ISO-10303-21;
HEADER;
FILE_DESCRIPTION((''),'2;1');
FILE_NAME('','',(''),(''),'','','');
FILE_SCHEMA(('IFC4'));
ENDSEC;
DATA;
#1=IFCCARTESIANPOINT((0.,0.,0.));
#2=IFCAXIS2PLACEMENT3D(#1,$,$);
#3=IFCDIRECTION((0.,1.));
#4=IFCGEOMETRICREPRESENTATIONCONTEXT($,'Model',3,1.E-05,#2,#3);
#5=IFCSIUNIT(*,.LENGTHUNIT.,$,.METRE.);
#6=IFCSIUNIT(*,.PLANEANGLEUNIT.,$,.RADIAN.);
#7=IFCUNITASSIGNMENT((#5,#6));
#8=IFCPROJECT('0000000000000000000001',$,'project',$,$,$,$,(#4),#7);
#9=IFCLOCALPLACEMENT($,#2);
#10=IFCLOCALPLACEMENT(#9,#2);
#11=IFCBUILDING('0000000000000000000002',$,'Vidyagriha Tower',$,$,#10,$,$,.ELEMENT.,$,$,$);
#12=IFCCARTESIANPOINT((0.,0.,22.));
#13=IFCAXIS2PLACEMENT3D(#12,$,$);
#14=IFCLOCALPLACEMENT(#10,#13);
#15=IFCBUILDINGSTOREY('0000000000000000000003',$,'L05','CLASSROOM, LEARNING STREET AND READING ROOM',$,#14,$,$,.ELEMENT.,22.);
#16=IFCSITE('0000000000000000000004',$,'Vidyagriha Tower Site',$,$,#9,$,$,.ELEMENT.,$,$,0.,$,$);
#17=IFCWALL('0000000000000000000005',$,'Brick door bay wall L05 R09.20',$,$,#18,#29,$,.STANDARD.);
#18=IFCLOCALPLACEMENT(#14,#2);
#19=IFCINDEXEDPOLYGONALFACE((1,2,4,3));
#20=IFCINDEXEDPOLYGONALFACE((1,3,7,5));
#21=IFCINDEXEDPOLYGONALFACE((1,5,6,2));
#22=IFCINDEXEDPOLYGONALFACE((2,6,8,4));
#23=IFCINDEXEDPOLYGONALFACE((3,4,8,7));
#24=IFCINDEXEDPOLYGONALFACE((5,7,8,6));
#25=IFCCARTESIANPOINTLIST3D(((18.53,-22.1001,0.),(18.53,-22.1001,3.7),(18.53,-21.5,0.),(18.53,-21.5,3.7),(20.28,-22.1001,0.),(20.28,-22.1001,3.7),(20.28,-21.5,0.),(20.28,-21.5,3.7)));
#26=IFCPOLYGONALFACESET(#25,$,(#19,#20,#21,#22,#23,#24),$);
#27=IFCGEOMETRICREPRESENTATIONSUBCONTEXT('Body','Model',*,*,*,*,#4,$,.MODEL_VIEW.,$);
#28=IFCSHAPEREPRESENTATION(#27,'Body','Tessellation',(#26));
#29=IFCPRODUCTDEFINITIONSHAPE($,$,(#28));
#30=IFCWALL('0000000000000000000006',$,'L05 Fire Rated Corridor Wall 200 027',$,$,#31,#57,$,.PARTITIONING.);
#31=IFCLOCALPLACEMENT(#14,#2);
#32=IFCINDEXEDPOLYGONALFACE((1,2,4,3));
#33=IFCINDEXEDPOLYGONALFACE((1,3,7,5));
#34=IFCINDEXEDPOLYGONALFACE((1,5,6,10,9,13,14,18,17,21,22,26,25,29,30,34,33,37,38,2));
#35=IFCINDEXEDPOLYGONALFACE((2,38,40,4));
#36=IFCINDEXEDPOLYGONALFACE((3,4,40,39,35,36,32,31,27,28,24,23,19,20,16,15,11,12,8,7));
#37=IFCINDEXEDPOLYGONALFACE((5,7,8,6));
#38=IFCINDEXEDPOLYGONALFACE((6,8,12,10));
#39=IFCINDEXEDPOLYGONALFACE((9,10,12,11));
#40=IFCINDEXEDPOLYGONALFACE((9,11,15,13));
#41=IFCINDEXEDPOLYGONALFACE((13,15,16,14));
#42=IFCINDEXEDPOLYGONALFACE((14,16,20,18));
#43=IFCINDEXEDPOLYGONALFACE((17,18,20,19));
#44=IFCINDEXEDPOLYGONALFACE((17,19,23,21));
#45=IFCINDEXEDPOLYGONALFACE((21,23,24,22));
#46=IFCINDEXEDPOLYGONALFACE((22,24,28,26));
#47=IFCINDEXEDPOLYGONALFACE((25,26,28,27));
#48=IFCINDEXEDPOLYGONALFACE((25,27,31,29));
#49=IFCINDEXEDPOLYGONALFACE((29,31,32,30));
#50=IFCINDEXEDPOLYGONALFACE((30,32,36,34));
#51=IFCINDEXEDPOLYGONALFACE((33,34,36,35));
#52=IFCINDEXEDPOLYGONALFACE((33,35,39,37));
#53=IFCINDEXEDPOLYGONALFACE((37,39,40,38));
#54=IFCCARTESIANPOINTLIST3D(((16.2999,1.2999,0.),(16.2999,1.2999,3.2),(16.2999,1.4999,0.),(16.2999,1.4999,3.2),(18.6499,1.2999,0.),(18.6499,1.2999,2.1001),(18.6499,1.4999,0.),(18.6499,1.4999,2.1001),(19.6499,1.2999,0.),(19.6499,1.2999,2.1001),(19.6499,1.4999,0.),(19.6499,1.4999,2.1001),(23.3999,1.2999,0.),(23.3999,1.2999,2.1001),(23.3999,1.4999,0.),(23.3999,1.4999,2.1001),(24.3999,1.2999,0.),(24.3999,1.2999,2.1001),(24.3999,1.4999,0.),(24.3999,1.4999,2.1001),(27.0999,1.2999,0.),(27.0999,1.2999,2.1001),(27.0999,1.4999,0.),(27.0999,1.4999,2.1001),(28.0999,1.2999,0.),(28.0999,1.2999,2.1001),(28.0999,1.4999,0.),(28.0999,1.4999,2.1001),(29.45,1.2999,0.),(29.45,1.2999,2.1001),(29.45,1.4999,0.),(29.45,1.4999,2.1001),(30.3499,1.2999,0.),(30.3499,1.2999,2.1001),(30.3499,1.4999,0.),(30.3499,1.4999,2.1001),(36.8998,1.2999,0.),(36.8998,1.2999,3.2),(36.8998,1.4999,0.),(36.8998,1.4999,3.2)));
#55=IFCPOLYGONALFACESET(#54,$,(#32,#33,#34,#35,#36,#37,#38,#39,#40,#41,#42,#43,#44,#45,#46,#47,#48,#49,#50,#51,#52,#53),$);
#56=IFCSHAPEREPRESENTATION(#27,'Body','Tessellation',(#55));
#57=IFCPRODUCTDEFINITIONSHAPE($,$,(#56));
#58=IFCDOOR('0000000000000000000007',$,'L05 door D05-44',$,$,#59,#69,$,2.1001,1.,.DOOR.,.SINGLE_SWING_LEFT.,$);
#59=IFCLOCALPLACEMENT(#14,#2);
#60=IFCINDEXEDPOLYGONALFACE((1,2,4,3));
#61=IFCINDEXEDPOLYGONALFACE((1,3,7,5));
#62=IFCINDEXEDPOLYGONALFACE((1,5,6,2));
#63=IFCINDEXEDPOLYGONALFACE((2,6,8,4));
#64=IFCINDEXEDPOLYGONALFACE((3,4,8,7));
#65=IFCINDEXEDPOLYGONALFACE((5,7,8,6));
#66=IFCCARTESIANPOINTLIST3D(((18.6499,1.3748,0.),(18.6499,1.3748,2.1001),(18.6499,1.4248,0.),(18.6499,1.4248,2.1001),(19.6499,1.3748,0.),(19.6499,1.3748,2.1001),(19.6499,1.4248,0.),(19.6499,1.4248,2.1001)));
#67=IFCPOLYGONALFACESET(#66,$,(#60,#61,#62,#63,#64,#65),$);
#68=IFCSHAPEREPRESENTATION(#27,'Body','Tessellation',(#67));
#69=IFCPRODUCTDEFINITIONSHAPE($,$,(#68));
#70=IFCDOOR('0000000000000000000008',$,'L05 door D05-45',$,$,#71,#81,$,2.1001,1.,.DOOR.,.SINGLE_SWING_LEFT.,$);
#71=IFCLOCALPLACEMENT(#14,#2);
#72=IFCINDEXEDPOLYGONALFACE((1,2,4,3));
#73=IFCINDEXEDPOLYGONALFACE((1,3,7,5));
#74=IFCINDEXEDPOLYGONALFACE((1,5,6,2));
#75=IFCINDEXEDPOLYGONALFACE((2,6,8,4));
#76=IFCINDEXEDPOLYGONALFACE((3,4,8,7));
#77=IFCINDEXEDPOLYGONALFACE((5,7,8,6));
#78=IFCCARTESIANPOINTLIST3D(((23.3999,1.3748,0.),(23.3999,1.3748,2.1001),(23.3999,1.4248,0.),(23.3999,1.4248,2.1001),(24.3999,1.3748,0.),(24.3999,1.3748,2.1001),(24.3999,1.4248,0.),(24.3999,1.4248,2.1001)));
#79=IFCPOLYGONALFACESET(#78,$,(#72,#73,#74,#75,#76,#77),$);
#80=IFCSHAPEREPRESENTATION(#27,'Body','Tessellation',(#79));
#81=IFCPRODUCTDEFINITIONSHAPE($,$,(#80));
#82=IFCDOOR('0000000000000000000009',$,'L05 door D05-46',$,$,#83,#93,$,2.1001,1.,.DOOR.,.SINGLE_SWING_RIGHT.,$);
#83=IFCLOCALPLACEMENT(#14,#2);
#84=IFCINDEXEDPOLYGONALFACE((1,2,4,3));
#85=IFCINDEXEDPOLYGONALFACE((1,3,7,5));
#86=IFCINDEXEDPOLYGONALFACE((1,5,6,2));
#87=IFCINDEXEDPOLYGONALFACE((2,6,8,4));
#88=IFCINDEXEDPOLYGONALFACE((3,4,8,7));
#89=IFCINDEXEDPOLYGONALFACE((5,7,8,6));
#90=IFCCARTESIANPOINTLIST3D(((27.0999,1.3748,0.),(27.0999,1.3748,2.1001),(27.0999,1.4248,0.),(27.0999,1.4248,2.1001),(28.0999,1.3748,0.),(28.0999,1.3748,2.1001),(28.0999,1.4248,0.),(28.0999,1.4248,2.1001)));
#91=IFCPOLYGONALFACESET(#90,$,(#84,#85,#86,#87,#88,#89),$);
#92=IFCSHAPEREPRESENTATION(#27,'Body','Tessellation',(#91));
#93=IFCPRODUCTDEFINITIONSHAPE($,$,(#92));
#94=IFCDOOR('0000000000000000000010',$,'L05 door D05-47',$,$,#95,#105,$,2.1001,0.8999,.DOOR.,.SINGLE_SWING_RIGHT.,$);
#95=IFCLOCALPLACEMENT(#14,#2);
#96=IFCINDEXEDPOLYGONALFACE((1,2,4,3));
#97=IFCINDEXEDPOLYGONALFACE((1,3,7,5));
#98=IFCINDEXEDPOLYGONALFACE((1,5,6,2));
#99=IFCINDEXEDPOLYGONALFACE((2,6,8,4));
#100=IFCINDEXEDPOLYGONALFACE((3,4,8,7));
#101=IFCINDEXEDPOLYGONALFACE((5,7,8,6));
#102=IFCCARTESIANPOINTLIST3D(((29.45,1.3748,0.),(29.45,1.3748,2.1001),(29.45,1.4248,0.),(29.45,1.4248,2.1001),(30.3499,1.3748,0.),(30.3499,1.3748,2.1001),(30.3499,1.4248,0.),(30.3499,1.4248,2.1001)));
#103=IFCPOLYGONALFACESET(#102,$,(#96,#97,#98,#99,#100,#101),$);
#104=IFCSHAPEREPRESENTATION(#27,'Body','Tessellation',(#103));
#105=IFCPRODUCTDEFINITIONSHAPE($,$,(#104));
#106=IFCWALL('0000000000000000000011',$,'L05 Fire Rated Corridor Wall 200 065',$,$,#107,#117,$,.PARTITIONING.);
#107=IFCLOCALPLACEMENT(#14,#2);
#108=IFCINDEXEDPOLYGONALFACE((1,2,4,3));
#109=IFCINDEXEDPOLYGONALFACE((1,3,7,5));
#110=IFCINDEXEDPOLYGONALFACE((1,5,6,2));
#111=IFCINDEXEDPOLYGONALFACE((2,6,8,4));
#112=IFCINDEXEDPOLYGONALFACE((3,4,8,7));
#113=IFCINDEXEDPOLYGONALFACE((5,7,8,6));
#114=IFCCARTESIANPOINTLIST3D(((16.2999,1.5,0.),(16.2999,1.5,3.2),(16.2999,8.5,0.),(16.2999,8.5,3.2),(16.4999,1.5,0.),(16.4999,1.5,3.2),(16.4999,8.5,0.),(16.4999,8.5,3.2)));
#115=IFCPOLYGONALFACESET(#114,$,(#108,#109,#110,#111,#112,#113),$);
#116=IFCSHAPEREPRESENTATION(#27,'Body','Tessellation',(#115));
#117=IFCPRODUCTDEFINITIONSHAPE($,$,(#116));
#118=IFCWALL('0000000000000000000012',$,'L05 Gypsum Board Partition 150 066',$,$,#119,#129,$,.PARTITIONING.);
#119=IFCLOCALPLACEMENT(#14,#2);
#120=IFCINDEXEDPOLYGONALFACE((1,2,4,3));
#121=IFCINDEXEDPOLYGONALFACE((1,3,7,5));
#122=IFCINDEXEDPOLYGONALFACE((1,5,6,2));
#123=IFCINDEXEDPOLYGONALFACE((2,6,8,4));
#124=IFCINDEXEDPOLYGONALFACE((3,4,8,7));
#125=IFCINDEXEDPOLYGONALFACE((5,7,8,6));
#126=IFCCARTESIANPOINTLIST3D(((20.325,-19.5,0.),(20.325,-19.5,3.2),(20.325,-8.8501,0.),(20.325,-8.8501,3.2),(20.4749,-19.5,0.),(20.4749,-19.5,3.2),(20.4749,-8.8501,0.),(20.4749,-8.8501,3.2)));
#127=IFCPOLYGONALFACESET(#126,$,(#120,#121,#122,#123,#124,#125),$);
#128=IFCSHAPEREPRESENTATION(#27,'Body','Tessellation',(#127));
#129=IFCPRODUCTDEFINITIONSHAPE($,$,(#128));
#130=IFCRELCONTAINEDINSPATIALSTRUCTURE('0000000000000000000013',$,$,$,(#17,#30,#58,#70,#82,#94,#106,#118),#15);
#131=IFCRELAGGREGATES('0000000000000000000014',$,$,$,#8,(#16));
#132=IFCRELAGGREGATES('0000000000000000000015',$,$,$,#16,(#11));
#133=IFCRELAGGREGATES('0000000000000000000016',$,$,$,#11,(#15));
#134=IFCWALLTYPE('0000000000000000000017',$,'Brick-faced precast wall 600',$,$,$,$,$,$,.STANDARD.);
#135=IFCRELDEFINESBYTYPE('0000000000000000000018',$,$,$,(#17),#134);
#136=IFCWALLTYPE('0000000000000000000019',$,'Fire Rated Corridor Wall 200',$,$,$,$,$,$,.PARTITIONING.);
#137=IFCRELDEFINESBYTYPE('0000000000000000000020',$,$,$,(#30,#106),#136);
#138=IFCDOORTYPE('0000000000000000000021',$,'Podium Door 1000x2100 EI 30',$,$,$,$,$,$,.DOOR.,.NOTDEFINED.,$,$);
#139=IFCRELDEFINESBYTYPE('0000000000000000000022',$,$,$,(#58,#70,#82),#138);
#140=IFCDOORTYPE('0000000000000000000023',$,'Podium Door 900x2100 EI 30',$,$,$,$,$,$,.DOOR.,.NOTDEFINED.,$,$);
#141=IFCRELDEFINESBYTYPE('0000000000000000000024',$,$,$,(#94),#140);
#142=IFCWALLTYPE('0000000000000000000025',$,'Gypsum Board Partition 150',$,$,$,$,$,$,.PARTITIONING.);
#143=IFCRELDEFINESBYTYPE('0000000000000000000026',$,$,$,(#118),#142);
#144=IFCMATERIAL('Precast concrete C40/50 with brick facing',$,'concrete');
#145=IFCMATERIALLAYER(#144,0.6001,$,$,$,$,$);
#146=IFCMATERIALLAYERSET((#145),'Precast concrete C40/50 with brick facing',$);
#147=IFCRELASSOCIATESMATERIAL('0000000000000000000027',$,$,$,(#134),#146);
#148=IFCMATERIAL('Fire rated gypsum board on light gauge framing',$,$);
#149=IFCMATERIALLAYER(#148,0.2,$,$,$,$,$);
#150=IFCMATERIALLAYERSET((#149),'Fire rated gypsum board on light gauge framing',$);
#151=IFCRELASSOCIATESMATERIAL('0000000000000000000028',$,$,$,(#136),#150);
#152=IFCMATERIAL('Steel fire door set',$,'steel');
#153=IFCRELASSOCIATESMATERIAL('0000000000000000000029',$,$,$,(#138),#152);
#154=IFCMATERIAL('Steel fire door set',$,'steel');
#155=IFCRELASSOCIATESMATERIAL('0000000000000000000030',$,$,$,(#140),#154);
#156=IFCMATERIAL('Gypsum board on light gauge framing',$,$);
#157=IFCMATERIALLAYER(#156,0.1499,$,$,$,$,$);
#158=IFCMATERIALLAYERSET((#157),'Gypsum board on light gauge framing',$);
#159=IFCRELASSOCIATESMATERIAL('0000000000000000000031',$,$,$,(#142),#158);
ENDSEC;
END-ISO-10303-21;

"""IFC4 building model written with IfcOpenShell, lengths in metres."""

from ifc_helpers import new_model, si_unit, direction, frame, frame_2d, origin, place, context, subcontext, project, spatial, rectangle, extrude, material, layer, layer_set, type_object, element, fill, save


model = new_model("IFC4")

# Units and contexts
model_context = context("Model", 3, precision=1e-05, world=origin(), true_north=direction((0.0, 1.0)))
body_context = subcontext(model_context, "Body", "Model", "MODEL_VIEW")
ifc_project = project(units=[si_unit("LENGTHUNIT", "METRE"), si_unit("PLANEANGLEUNIT", "RADIAN")], contexts=[model_context])

# Site, building, storey
site_placement = place(None, origin())
site = spatial("IfcSite", under=ifc_project, at=site_placement, Name="Vidyagriha Tower Site", CompositionType="ELEMENT", RefElevation=0.0)
building_placement = place(site_placement, origin())
building = spatial("IfcBuilding", under=site, at=building_placement, Name="Vidyagriha Tower", CompositionType="ELEMENT")
storey_placement = place(building_placement, frame((0.0, 0.0, 22.0)))
storey = spatial("IfcBuildingStorey", under=building, at=storey_placement, Name="L05", Description="CLASSROOM, LEARNING STREET AND READING ROOM", CompositionType="ELEMENT", Elevation=22.0)

# Wall
ifc_material_1 = material(Name="Precast concrete C40/50 with brick facing", Category="concrete")
ifc_layer_1 = layer(ifc_material_1, 0.6001)
ifc_layer_set_1 = layer_set([ifc_layer_1], Name="Precast concrete C40/50 with brick facing")
wall_type_1 = type_object("IfcWallType", Name="Brick-faced precast wall 600", PredefinedType="STANDARD", material=ifc_layer_set_1)
wall_1_placement = place(storey_placement, frame((18.53, -21.8, 0.0)))
element("IfcWall", 1, at=wall_1_placement, inside=storey, type_object=wall_type_1, Name="Brick door bay wall L05 R09.20", PredefinedType="STANDARD", context=body_context, shape_type="SweptSolid", body=[
    extrude(rectangle(XDim=1.75, YDim=0.6001, at=frame_2d((0.875, 0.0))), origin(), (0.0, 0.0, 1.0), 3.7),
])

# Wall, openings, doors
ifc_material_2 = material(Name="Fire rated gypsum board on light gauge framing")
ifc_layer_2 = layer(ifc_material_2, 0.2)
ifc_layer_set_2 = layer_set([ifc_layer_2], Name="Fire rated gypsum board on light gauge framing")
wall_type_2 = type_object("IfcWallType", Name="Fire Rated Corridor Wall 200", PredefinedType="PARTITIONING", material=ifc_layer_set_2)
wall_2_placement = place(storey_placement, frame((16.3, 1.3999, 0.0)))
wall_2 = element("IfcWall", 2, at=wall_2_placement, inside=storey, type_object=wall_type_2, Name="L05 Fire Rated Corridor Wall 200 027", PredefinedType="PARTITIONING", context=body_context, shape_type="SweptSolid", body=[
    extrude(rectangle(XDim=20.5999, YDim=0.2, at=frame_2d((10.2998, 0.0))), origin(), (0.0, 0.0, 1.0), 3.2),
])
opening_1_placement = place(wall_2_placement, frame((2.3499, 0.0, 0.0)))
opening_1 = element("IfcOpeningElement", 3, at=opening_1_placement, cuts=wall_2, PredefinedType="OPENING", context=body_context, shape_type="SweptSolid", body=[
    extrude(rectangle(XDim=1.0, YDim=2.1001, at=frame_2d((0.5, 1.05))), frame((0.0, 0.1099, 0.0), z_axis=(0.0, -1.0, 0.0), x_axis=(1.0, 0.0, 0.0)), (0.0, 0.0, 1.0), 0.22),
])
opening_2_placement = place(wall_2_placement, frame((7.0999, 0.0, 0.0)))
opening_2 = element("IfcOpeningElement", 4, at=opening_2_placement, cuts=wall_2, PredefinedType="OPENING", context=body_context, shape_type="SweptSolid", body=[
    extrude(rectangle(XDim=1.0, YDim=2.1001, at=frame_2d((0.5, 1.05))), frame((0.0, 0.1099, 0.0), z_axis=(0.0, -1.0, 0.0), x_axis=(1.0, 0.0, 0.0)), (0.0, 0.0, 1.0), 0.22),
])
opening_3_placement = place(wall_2_placement, frame((10.7998, 0.0, 0.0)))
opening_3 = element("IfcOpeningElement", 5, at=opening_3_placement, cuts=wall_2, PredefinedType="OPENING", context=body_context, shape_type="SweptSolid", body=[
    extrude(rectangle(XDim=1.0, YDim=2.1001, at=frame_2d((0.5, 1.05))), frame((0.0, 0.1099, 0.0), z_axis=(0.0, -1.0, 0.0), x_axis=(1.0, 0.0, 0.0)), (0.0, 0.0, 1.0), 0.22),
])
opening_4_placement = place(wall_2_placement, frame((13.1499, 0.0, 0.0)))
opening_4 = element("IfcOpeningElement", 6, at=opening_4_placement, cuts=wall_2, PredefinedType="OPENING", context=body_context, shape_type="SweptSolid", body=[
    extrude(rectangle(XDim=0.8999, YDim=2.1001, at=frame_2d((0.45, 1.05))), frame((0.0, 0.1099, 0.0), z_axis=(0.0, -1.0, 0.0), x_axis=(1.0, 0.0, 0.0)), (0.0, 0.0, 1.0), 0.22),
])
ifc_material_3 = material(Name="Steel fire door set", Category="steel")
door_type_1 = type_object("IfcDoorType", Name="Podium Door 1000x2100 EI 30", OperationType="NOTDEFINED", PredefinedType="DOOR", material=ifc_material_3)
door_1_placement = place(opening_1_placement, origin())
door_1 = element("IfcDoor", 7, at=door_1_placement, inside=storey, type_object=door_type_1, Name="L05 door D05-44", OperationType="SINGLE_SWING_LEFT", OverallHeight=2.1001, OverallWidth=1.0, PredefinedType="DOOR", context=body_context, shape_type="SweptSolid", body=[
    extrude(rectangle(XDim=1.0, YDim=2.1001, at=frame_2d((0.5, 1.05))), frame((0.0, 0.0249, 0.0), z_axis=(0.0, -1.0, 0.0), x_axis=(1.0, 0.0, 0.0)), (0.0, 0.0, 1.0), 0.05),
])
fill(opening_1, door_1)
door_2_placement = place(opening_2_placement, origin())
door_2 = element("IfcDoor", 8, at=door_2_placement, inside=storey, type_object=door_type_1, Name="L05 door D05-45", OperationType="SINGLE_SWING_LEFT", OverallHeight=2.1001, OverallWidth=1.0, PredefinedType="DOOR", context=body_context, shape_type="SweptSolid", body=[
    extrude(rectangle(XDim=1.0, YDim=2.1001, at=frame_2d((0.5, 1.05))), frame((0.0, 0.0249, 0.0), z_axis=(0.0, -1.0, 0.0), x_axis=(1.0, 0.0, 0.0)), (0.0, 0.0, 1.0), 0.05),
])
fill(opening_2, door_2)
door_3_placement = place(opening_3_placement, origin())
door_3 = element("IfcDoor", 9, at=door_3_placement, inside=storey, type_object=door_type_1, Name="L05 door D05-46", OperationType="SINGLE_SWING_RIGHT", OverallHeight=2.1001, OverallWidth=1.0, PredefinedType="DOOR", context=body_context, shape_type="SweptSolid", body=[
    extrude(rectangle(XDim=1.0, YDim=2.1001, at=frame_2d((0.5, 1.05))), frame((0.0, 0.0249, 0.0), z_axis=(0.0, -1.0, 0.0), x_axis=(1.0, 0.0, 0.0)), (0.0, 0.0, 1.0), 0.05),
])
fill(opening_3, door_3)
ifc_material_4 = material(Name="Steel fire door set", Category="steel")
door_type_2 = type_object("IfcDoorType", Name="Podium Door 900x2100 EI 30", OperationType="NOTDEFINED", PredefinedType="DOOR", material=ifc_material_4)
door_4_placement = place(opening_4_placement, origin())
door_4 = element("IfcDoor", 10, at=door_4_placement, inside=storey, type_object=door_type_2, Name="L05 door D05-47", OperationType="SINGLE_SWING_RIGHT", OverallHeight=2.1001, OverallWidth=0.8999, PredefinedType="DOOR", context=body_context, shape_type="SweptSolid", body=[
    extrude(rectangle(XDim=0.8999, YDim=2.1001, at=frame_2d((0.45, 1.05))), frame((0.0, 0.0249, 0.0), z_axis=(0.0, -1.0, 0.0), x_axis=(1.0, 0.0, 0.0)), (0.0, 0.0, 1.0), 0.05),
])
fill(opening_4, door_4)

# Walls
wall_3_placement = place(storey_placement, frame((16.3999, 1.5, 0.0), z_axis=(0.0, 0.0, 1.0), x_axis=(0.0, 1.0, 0.0)))
element("IfcWall", 11, at=wall_3_placement, inside=storey, type_object=wall_type_2, Name="L05 Fire Rated Corridor Wall 200 065", PredefinedType="PARTITIONING", context=body_context, shape_type="SweptSolid", body=[
    extrude(rectangle(XDim=7.0, YDim=0.2, at=frame_2d((3.5, 0.0))), origin(), (0.0, 0.0, 1.0), 3.2),
])
ifc_material_5 = material(Name="Gypsum board on light gauge framing")
ifc_layer_3 = layer(ifc_material_5, 0.1499)
ifc_layer_set_3 = layer_set([ifc_layer_3], Name="Gypsum board on light gauge framing")
wall_type_3 = type_object("IfcWallType", Name="Gypsum Board Partition 150", PredefinedType="PARTITIONING", material=ifc_layer_set_3)
wall_4_placement = place(storey_placement, frame((20.3999, -19.5, 0.0), z_axis=(0.0, 0.0, 1.0), x_axis=(0.0, 1.0, 0.0)))
element("IfcWall", 12, at=wall_4_placement, inside=storey, type_object=wall_type_3, Name="L05 Gypsum Board Partition 150 066", PredefinedType="PARTITIONING", context=body_context, shape_type="SweptSolid", body=[
    extrude(rectangle(XDim=10.6499, YDim=0.1499, at=frame_2d((5.325, 0.0))), origin(), (0.0, 0.0, 1.0), 3.2),
])

save(model, "model.ifc")
